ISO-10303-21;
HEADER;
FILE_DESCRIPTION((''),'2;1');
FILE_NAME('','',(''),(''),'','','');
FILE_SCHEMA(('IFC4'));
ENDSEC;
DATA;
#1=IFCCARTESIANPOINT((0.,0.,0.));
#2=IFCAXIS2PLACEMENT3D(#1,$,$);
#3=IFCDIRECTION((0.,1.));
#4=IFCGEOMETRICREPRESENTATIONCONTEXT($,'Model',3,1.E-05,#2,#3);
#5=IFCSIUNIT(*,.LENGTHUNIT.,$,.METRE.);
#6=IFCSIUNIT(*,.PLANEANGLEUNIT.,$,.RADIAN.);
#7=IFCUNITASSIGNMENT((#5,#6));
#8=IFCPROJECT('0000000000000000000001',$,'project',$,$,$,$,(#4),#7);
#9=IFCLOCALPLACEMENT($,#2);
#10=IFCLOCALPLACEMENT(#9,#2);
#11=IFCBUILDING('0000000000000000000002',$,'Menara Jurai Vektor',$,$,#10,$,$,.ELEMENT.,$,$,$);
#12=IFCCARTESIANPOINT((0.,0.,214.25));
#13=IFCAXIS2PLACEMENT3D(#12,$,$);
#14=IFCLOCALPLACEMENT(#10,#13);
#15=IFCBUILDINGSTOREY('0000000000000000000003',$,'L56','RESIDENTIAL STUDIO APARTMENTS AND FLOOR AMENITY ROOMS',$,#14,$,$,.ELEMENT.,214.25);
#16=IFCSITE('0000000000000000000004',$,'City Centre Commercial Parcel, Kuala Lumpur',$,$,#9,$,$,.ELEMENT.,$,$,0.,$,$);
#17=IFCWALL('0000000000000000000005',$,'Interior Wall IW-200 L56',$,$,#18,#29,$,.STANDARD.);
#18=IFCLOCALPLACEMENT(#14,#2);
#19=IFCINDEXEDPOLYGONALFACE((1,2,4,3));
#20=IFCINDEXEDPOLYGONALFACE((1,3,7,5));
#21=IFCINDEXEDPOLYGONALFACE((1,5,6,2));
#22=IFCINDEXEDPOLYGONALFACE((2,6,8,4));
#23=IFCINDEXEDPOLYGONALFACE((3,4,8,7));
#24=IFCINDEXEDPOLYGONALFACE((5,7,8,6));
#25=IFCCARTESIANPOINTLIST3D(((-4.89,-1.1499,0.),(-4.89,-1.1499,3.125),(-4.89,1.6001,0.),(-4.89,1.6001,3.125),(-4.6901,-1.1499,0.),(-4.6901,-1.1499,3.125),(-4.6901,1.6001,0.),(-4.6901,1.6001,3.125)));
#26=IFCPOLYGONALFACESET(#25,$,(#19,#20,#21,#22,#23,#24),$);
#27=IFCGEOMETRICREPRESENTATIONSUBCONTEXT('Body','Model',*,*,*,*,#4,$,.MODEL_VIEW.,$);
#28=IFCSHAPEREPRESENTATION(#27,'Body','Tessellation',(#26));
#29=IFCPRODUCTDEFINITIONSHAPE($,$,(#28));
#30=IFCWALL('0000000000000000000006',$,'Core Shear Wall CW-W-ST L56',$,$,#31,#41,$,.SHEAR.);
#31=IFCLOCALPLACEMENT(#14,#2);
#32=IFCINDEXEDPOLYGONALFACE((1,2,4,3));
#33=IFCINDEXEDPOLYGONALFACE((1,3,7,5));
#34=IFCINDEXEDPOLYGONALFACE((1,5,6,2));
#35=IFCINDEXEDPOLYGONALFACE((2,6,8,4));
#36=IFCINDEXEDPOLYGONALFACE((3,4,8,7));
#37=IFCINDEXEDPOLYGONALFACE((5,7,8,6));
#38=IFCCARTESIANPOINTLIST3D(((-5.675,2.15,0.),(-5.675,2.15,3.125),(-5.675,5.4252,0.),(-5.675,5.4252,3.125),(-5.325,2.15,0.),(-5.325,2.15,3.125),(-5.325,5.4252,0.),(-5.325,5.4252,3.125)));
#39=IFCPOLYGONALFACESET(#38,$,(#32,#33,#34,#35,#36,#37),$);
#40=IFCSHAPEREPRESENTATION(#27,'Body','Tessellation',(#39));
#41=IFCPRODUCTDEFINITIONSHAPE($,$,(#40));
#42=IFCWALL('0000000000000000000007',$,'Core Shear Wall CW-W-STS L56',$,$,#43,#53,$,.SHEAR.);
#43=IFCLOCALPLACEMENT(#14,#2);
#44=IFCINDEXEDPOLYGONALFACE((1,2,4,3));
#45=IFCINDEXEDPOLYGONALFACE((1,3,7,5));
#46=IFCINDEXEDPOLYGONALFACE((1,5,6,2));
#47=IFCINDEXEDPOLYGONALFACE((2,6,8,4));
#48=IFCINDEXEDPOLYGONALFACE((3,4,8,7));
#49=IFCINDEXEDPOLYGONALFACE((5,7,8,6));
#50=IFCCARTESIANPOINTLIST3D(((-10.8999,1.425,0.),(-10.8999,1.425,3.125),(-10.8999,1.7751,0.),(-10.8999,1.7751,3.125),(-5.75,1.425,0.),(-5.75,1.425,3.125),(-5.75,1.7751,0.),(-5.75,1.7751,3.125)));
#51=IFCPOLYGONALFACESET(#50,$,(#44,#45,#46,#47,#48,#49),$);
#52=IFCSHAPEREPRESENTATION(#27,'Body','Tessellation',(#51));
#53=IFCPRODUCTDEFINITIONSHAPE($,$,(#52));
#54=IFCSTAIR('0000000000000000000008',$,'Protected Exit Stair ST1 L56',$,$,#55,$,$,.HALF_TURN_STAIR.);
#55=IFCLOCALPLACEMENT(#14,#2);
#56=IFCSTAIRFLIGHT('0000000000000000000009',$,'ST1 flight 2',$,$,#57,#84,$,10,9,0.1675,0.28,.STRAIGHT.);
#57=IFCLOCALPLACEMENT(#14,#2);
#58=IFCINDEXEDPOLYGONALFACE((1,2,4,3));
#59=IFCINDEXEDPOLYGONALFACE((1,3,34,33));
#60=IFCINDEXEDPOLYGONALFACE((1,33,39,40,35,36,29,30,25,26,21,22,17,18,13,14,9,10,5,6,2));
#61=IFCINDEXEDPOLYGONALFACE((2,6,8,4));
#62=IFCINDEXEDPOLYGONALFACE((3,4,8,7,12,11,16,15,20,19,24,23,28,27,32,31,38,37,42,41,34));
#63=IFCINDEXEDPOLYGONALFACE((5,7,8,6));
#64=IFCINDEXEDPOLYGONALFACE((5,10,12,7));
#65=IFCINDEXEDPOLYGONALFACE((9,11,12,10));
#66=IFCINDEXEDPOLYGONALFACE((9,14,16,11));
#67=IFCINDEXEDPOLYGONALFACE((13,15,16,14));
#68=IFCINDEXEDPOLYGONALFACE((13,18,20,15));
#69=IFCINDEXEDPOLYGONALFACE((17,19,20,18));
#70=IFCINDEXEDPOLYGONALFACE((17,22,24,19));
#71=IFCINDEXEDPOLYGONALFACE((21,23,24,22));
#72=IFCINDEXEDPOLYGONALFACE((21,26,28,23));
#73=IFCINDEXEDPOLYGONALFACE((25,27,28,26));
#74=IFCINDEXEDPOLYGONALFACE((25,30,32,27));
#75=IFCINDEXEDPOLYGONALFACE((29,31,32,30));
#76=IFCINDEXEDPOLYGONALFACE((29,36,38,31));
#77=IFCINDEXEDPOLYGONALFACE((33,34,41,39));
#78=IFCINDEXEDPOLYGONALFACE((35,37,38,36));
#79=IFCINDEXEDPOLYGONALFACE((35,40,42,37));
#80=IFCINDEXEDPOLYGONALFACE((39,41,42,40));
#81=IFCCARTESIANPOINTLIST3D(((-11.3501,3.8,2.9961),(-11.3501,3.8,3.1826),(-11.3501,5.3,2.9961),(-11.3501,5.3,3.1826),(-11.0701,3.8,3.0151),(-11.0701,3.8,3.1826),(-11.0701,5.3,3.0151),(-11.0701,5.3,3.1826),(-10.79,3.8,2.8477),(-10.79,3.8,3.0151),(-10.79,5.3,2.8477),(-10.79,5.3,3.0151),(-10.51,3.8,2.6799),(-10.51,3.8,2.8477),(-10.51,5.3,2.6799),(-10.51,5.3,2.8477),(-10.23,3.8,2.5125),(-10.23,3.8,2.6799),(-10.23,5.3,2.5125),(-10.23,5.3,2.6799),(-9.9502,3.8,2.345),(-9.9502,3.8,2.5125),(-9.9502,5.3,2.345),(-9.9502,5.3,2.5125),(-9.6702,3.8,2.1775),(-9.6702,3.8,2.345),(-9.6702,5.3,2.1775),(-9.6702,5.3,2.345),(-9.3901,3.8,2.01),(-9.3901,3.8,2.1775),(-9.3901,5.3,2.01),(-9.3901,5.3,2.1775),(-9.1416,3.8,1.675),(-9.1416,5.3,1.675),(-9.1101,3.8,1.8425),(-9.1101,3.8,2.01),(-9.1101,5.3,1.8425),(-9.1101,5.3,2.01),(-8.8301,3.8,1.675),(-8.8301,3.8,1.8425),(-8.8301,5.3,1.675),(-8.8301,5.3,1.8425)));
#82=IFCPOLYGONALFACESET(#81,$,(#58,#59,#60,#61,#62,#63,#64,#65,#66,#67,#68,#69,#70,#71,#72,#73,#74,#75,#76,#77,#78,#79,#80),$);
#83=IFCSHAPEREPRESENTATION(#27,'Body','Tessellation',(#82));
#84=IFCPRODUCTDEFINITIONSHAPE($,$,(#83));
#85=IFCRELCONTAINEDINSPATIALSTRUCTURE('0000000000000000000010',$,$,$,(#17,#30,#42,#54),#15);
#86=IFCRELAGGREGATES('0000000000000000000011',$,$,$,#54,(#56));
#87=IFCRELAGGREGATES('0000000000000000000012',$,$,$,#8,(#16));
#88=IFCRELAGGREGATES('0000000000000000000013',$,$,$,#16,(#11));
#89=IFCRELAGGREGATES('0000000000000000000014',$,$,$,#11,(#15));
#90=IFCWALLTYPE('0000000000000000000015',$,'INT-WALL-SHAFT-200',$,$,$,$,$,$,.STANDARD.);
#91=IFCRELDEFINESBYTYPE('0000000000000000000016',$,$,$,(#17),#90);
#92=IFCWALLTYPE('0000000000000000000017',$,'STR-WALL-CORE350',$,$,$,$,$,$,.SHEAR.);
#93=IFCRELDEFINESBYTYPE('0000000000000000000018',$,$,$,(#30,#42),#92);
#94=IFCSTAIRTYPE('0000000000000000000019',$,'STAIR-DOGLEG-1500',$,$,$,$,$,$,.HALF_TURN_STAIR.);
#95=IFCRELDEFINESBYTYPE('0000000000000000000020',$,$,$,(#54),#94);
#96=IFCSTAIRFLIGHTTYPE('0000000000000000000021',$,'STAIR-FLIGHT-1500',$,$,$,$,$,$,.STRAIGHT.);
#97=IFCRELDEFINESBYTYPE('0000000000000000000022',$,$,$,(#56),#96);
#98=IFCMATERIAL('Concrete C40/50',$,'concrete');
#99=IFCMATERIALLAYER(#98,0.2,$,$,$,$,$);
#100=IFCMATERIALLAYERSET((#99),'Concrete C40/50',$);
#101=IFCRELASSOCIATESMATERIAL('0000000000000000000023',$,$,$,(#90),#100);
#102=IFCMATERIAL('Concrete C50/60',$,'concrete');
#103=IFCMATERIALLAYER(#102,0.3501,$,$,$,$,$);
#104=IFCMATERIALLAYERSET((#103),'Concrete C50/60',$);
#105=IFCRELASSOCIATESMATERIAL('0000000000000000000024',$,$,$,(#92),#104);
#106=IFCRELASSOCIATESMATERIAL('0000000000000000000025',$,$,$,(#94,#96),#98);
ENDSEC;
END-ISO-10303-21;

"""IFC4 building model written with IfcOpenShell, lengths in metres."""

from ifc_helpers import new_model, si_unit, direction, frame, frame_2d, origin, place, context, subcontext, project, spatial, polyline, rectangle, outline, extrude, material, layer, layer_set, type_object, element, aggregate, save


model = new_model("IFC4")

# Units and contexts
model_context = context("Model", 3, precision=1e-05, world=origin(), true_north=direction((0.0, 1.0)))
body_context = subcontext(model_context, "Body", "Model", "MODEL_VIEW")
ifc_project = project(units=[si_unit("LENGTHUNIT", "METRE"), si_unit("PLANEANGLEUNIT", "RADIAN")], contexts=[model_context])

# Site, building, storey
site_placement = place(None, origin())
site = spatial("IfcSite", under=ifc_project, at=site_placement, Name="City Centre Commercial Parcel, Kuala Lumpur", CompositionType="ELEMENT", RefElevation=0.0)
building_placement = place(site_placement, origin())
building = spatial("IfcBuilding", under=site, at=building_placement, Name="Menara Jurai Vektor", CompositionType="ELEMENT")
storey_placement = place(building_placement, frame((0.0, 0.0, 214.25)))
storey = spatial("IfcBuildingStorey", under=building, at=storey_placement, Name="L56", Description="RESIDENTIAL STUDIO APARTMENTS AND FLOOR AMENITY ROOMS", CompositionType="ELEMENT", Elevation=214.25)

# Shared definitions
ifc_material_1 = material(Name="Concrete C40/50", Category="concrete")

# Shared definitions
ifc_layer_1 = layer(ifc_material_1, 0.2)
ifc_layer_set_1 = layer_set([ifc_layer_1], Name="Concrete C40/50")
wall_type_1 = type_object("IfcWallType", Name="INT-WALL-SHAFT-200", PredefinedType="STANDARD", material=ifc_layer_set_1)

# Wall
wall_1_placement = place(storey_placement, frame((-4.79, -1.1499, 0.0), z_axis=(0.0, 0.0, 1.0), x_axis=(0.0, 1.0, 0.0)))
element("IfcWall", 1, at=wall_1_placement, inside=storey, type_object=wall_type_1, Name="Interior Wall IW-200 L56", PredefinedType="STANDARD", context=body_context, shape_type="SweptSolid", body=[
    extrude(rectangle(XDim=2.75, YDim=0.2, at=frame_2d((1.375, 0.0))), origin(), (0.0, 0.0, 1.0), 3.125),
])

# Walls
ifc_material_2 = material(Name="Concrete C50/60", Category="concrete")
ifc_layer_2 = layer(ifc_material_2, 0.3501)
ifc_layer_set_2 = layer_set([ifc_layer_2], Name="Concrete C50/60")
wall_type_2 = type_object("IfcWallType", Name="STR-WALL-CORE350", PredefinedType="SHEAR", material=ifc_layer_set_2)
wall_2_placement = place(storey_placement, frame((-5.5, 2.1499, 0.0), z_axis=(0.0, 0.0, 1.0), x_axis=(0.0, 1.0, 0.0)))
element("IfcWall", 2, at=wall_2_placement, inside=storey, type_object=wall_type_2, Name="Core Shear Wall CW-W-ST L56", PredefinedType="SHEAR", context=body_context, shape_type="SweptSolid", body=[
    extrude(rectangle(XDim=3.2751, YDim=0.3501, at=frame_2d((1.6377, 0.0))), origin(), (0.0, 0.0, 1.0), 3.125),
])
wall_3_placement = place(storey_placement, frame((-10.8999, 1.6001, 0.0), z_axis=(0.0, 0.0, 1.0), x_axis=(1.0, 0.0, 0.0)))
element("IfcWall", 3, at=wall_3_placement, inside=storey, type_object=wall_type_2, Name="Core Shear Wall CW-W-STS L56", PredefinedType="SHEAR", context=body_context, shape_type="SweptSolid", body=[
    extrude(rectangle(XDim=5.1499, YDim=0.3501, at=frame_2d((2.575, 0.0))), origin(), (0.0, 0.0, 1.0), 3.125),
])

# Stair, stair flight
stair_type = type_object("IfcStairType", Name="STAIR-DOGLEG-1500", PredefinedType="HALF_TURN_STAIR", material=ifc_material_1)
stair_placement = place(storey_placement, origin())
stair = element("IfcStair", 4, at=stair_placement, inside=storey, type_object=stair_type, Name="Protected Exit Stair ST1 L56", PredefinedType="HALF_TURN_STAIR")
stair_flight_type = type_object("IfcStairFlightType", Name="STAIR-FLIGHT-1500", PredefinedType="STRAIGHT", material=ifc_material_1)
stair_flight_placement = place(storey_placement, frame((-8.8301, 4.55, 1.675), z_axis=(0.0, 0.0, 1.0), x_axis=(-1.0, 0.0, 0.0)))
stair_flight = element("IfcStairFlight", 5, at=stair_flight_placement, type_object=stair_flight_type, Name="ST1 flight 2", NumberOfRisers=10, NumberOfTreads=9, PredefinedType="STRAIGHT", RiserHeight=0.1675, TreadLength=0.28, context=body_context, shape_type="SweptSolid", body=[
    extrude(outline(polyline([(0.0, 0.0), (0.0, 0.1675), (0.28, 0.1675), (0.28, 0.335), (0.5601, 0.335), (0.5601, 0.5024), (0.8401, 0.5024), (0.8401, 0.6699), (1.1201, 0.6699), (1.1201, 0.8374), (1.3999, 0.8374), (1.3999, 1.0049), (1.6799, 1.0049), (1.6799, 1.1726), (1.96, 1.1726), (1.96, 1.3401), (2.24, 1.3401), (2.24, 1.5076), (2.52, 1.5076), (2.52, 1.675), (2.52, 1.321), (0.3115, 0.0), (0.0, 0.0)])), frame((0.0, 0.75, 0.0), z_axis=(0.0, -1.0, 0.0), x_axis=(1.0, 0.0, 0.0)), (0.0, 0.0, 1.0), 1.5),
])
aggregate(stair, [stair_flight])

save(model, "model.ifc")
